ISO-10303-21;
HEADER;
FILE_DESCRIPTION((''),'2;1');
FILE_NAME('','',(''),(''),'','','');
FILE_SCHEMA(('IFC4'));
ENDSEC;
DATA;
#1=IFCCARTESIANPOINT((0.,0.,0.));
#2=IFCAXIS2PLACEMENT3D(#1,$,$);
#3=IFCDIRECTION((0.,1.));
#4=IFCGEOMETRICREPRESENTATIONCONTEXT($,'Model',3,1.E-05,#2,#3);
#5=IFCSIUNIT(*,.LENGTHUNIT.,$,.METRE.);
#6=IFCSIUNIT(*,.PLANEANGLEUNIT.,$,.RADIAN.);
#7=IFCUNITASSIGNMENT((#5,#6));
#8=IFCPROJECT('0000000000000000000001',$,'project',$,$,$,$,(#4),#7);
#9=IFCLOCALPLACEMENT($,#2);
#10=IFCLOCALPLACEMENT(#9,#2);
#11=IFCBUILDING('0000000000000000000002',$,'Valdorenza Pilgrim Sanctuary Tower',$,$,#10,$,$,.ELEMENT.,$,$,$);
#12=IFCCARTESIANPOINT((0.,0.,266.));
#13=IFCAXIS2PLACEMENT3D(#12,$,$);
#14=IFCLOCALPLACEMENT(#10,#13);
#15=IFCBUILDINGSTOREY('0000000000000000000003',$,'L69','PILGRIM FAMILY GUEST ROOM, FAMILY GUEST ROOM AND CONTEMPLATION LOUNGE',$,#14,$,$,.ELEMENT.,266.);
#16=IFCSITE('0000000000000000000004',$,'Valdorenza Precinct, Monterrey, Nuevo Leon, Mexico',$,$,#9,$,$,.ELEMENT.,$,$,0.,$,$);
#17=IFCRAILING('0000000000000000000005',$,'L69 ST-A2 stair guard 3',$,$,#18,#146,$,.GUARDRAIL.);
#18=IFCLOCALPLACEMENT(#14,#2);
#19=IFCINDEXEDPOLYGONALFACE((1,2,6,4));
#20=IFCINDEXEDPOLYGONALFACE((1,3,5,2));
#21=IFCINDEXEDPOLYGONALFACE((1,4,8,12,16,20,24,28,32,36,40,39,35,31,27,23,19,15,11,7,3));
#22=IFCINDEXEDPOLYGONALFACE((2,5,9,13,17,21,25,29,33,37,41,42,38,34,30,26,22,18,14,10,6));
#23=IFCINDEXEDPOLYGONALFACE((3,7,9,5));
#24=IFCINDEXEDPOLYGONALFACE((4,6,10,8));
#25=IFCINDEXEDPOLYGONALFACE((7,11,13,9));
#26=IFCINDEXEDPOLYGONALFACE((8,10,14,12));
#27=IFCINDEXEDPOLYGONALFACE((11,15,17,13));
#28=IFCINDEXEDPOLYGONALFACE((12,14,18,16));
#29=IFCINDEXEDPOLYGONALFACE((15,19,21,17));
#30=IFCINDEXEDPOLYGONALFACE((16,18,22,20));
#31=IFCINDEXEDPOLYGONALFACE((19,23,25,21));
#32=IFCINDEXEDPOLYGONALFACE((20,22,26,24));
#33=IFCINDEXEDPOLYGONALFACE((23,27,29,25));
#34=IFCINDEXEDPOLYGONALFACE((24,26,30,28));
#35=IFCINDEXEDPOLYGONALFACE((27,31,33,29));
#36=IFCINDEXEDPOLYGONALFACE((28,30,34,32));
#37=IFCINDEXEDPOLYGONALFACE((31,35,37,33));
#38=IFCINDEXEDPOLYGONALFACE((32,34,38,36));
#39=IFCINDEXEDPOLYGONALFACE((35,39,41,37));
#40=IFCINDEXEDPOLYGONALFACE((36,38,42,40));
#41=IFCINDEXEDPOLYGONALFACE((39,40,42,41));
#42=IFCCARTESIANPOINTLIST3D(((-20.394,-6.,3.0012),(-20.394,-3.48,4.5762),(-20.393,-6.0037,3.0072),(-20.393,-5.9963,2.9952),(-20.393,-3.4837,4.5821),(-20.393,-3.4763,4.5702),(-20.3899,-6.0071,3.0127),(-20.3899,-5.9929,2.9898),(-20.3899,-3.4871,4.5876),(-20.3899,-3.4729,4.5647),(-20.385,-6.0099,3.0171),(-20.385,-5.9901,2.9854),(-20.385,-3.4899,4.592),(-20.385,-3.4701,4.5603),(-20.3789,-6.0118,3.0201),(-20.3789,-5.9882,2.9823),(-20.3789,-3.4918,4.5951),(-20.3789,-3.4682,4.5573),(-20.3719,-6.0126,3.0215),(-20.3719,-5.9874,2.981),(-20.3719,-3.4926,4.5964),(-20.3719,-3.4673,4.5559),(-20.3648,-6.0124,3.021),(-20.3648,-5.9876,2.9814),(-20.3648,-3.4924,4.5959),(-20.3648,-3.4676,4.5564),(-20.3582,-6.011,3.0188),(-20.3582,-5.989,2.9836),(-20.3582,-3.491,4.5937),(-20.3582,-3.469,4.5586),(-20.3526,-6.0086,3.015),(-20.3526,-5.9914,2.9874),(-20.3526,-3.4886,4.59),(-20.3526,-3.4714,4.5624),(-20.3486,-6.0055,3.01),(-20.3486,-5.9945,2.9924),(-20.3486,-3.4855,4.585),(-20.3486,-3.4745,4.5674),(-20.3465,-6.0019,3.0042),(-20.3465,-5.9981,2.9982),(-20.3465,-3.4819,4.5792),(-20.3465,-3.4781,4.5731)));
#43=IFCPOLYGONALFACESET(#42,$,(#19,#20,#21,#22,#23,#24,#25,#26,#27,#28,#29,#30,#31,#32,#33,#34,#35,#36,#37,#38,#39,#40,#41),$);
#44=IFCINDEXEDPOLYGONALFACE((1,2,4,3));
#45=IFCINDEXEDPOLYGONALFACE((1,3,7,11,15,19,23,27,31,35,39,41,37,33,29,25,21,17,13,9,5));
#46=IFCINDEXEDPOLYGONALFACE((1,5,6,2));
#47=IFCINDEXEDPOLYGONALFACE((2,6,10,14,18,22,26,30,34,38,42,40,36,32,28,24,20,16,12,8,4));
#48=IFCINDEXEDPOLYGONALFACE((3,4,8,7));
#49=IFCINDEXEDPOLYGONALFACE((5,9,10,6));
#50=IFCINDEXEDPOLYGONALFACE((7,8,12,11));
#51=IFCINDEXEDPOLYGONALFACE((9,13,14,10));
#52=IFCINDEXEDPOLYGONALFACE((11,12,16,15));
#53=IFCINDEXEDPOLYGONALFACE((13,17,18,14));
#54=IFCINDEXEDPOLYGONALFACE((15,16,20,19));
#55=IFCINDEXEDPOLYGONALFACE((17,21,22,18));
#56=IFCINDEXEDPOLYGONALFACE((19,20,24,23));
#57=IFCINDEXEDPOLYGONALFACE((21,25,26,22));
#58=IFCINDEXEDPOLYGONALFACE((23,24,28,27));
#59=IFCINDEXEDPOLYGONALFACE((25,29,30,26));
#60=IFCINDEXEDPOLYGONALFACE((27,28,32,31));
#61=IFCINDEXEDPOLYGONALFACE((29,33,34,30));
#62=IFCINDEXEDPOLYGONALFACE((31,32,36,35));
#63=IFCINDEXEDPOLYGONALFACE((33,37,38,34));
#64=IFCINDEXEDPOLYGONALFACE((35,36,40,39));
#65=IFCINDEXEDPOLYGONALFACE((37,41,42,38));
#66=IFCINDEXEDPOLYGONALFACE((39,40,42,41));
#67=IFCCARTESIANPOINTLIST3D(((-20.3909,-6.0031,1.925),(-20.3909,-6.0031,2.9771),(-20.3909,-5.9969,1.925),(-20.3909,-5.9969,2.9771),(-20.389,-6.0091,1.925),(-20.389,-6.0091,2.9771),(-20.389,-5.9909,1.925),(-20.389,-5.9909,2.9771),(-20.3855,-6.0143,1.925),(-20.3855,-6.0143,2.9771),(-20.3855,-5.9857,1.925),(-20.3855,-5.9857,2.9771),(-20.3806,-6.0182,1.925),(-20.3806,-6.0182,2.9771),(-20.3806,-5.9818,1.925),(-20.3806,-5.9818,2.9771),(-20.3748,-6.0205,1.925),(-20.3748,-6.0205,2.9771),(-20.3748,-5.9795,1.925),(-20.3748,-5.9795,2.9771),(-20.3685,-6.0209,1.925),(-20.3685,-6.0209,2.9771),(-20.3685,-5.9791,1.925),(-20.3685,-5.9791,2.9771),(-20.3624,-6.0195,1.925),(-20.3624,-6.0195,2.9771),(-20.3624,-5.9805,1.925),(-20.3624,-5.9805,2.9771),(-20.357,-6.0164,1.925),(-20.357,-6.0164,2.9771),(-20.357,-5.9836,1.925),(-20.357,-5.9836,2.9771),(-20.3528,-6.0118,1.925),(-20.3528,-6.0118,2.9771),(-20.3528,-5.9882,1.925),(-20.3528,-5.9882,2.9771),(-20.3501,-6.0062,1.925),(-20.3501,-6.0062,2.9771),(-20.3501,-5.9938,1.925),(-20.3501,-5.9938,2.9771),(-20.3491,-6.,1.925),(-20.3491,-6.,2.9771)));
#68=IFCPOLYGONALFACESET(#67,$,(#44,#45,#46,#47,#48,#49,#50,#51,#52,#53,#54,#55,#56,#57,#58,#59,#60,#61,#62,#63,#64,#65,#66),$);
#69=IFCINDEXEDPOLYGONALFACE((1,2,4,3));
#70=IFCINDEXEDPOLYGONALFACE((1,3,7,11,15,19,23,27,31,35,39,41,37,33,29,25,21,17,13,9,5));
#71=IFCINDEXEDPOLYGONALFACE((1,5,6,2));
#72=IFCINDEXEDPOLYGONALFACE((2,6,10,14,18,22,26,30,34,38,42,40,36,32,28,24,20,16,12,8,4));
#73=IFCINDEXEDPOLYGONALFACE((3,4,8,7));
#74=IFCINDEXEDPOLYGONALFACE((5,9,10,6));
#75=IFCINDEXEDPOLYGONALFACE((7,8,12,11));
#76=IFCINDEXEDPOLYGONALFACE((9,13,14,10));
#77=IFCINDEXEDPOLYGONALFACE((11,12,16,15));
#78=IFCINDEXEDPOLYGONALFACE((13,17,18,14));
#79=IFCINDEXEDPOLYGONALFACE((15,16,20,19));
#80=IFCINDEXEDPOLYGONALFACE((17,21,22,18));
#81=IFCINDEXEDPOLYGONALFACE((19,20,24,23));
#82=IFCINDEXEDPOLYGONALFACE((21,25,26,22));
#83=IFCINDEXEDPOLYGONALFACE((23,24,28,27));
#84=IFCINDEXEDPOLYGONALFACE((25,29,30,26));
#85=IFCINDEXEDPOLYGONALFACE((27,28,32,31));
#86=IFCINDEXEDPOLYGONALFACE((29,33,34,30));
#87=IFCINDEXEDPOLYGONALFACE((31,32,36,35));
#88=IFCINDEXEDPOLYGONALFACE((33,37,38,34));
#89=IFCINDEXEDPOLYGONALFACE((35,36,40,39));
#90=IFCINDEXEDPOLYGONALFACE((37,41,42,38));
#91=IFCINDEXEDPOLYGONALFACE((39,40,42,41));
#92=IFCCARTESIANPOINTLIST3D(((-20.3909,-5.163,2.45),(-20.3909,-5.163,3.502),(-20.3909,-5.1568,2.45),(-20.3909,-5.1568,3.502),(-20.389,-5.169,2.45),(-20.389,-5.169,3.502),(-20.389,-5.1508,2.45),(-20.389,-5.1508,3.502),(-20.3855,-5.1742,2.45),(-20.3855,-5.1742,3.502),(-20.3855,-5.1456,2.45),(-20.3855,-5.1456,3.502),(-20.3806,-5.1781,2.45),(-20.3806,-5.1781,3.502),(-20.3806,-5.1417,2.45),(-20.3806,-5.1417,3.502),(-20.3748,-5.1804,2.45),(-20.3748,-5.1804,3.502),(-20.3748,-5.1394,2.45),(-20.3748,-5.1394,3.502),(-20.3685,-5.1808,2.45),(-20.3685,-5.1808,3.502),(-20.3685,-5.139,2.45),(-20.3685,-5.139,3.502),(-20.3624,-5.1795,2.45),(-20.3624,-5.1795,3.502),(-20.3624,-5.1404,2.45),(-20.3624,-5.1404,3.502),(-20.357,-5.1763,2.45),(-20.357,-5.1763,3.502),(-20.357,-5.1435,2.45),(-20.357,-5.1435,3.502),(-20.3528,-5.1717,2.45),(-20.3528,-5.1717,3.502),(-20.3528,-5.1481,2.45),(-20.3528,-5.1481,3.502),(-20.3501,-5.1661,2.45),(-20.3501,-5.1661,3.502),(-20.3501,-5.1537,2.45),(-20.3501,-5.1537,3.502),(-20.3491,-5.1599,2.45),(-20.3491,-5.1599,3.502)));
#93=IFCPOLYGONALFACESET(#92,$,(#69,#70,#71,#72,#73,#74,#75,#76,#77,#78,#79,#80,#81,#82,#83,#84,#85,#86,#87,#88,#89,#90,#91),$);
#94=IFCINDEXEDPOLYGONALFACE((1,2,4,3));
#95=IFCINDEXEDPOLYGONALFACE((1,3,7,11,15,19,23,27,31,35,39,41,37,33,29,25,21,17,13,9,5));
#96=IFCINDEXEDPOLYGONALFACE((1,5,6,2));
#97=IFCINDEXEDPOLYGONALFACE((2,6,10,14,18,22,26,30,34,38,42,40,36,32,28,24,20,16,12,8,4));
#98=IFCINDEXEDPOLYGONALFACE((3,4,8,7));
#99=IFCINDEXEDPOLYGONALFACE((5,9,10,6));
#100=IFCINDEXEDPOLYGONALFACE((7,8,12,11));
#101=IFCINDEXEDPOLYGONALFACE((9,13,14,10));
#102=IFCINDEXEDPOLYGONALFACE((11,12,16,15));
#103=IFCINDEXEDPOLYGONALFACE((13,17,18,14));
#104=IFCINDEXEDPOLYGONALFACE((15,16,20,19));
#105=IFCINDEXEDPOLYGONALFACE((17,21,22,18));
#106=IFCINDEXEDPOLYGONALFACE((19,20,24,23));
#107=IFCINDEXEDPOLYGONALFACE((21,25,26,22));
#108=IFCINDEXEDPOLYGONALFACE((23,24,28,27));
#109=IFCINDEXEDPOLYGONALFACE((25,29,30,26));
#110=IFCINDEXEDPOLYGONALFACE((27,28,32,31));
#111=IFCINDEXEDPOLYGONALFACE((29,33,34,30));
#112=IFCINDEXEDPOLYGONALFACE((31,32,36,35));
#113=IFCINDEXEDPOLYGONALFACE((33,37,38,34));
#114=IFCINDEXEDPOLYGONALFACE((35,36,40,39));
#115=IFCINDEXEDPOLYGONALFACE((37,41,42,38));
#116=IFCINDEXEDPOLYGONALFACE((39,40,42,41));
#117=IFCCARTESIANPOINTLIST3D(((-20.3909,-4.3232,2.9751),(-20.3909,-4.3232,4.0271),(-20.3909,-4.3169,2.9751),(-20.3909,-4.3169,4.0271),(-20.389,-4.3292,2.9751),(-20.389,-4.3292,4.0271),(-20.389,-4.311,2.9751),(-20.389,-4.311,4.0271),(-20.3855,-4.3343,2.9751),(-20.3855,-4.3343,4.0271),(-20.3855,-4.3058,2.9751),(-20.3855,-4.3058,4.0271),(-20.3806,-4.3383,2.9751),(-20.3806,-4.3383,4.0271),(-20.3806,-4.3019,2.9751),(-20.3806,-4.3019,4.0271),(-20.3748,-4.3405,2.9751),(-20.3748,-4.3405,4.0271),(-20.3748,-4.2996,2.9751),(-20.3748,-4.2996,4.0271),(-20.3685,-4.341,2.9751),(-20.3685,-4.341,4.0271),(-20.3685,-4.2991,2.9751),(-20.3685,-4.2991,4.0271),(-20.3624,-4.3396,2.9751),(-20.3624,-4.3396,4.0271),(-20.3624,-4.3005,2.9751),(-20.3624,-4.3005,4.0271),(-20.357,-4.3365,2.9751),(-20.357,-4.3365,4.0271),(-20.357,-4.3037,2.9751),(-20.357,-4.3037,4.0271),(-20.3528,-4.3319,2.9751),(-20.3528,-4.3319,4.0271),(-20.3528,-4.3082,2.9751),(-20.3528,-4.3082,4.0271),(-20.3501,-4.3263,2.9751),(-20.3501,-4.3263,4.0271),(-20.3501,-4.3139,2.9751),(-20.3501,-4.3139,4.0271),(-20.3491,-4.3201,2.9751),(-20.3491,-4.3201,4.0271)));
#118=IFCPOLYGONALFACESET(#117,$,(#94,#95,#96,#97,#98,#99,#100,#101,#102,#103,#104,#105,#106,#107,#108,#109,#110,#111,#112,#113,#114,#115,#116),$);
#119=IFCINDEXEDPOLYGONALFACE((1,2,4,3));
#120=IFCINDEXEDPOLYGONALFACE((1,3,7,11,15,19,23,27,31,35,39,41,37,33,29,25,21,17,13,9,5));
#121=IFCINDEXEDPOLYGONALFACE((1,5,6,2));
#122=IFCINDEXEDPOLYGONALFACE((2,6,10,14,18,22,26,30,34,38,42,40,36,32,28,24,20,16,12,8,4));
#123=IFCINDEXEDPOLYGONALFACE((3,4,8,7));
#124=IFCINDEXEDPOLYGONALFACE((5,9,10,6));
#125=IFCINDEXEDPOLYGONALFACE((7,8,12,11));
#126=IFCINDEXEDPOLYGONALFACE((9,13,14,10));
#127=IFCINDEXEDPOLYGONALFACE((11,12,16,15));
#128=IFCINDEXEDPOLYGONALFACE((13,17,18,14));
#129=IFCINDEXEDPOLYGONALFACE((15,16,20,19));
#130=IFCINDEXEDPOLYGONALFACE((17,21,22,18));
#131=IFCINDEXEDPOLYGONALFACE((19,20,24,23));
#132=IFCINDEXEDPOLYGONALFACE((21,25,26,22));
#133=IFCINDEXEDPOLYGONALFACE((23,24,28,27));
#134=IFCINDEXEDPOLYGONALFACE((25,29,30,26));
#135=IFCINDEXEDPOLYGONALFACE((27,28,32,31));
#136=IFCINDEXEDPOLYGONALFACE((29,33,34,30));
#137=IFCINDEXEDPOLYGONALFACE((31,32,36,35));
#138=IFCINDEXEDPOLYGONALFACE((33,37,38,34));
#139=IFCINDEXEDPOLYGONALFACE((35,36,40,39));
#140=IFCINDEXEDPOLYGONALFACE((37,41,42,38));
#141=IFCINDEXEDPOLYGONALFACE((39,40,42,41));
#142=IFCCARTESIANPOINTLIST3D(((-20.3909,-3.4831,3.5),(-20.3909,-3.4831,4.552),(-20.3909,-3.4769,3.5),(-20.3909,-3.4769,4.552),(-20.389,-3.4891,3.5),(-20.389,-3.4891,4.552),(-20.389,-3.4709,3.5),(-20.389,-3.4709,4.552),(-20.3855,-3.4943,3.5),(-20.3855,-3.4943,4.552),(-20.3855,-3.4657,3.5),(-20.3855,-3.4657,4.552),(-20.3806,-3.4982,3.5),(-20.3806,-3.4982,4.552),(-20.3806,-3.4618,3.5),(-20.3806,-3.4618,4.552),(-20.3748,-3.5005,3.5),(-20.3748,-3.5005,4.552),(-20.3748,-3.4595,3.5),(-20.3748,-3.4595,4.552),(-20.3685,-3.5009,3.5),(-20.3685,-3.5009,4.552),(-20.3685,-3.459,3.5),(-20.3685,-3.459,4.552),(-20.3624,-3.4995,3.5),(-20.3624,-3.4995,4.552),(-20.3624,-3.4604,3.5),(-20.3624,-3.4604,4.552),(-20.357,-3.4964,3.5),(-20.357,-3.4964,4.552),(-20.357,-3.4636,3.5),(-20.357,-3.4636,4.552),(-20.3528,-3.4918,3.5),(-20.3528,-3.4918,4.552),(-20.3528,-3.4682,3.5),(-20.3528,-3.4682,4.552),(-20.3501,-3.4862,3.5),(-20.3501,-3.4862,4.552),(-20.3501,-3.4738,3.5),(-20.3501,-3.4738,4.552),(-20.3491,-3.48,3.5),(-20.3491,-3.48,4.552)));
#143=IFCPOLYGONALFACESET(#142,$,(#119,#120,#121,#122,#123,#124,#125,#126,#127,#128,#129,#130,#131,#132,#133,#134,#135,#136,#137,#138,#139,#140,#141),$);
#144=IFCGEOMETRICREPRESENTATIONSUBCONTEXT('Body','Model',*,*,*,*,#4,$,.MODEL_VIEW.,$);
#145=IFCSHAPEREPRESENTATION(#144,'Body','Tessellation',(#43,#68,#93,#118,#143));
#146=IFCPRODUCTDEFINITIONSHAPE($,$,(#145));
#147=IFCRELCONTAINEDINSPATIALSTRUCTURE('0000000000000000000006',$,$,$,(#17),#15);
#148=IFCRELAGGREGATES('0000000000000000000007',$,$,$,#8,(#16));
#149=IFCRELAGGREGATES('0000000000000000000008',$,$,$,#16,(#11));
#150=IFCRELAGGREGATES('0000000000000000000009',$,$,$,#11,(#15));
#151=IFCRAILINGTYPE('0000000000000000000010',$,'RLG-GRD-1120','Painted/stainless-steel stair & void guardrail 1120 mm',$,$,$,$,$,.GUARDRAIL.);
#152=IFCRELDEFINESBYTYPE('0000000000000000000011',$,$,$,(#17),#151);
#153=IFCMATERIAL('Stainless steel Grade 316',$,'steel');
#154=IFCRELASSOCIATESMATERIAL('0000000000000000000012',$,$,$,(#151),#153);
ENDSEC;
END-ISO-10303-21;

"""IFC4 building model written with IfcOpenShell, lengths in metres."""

from ifc_helpers import new_model, si_unit, direction, frame, origin, origin_2d, place, context, subcontext, project, spatial, circle, extrude, material, type_object, element, save


model = new_model("IFC4")

# Units and contexts
model_context = context("Model", 3, precision=1e-05, world=origin(), true_north=direction((0.0, 1.0)))
body_context = subcontext(model_context, "Body", "Model", "MODEL_VIEW")
ifc_project = project(units=[si_unit("LENGTHUNIT", "METRE"), si_unit("PLANEANGLEUNIT", "RADIAN")], contexts=[model_context])

# Site, building, storey
site_placement = place(None, origin())
site = spatial("IfcSite", under=ifc_project, at=site_placement, Name="Valdorenza Precinct, Monterrey, Nuevo Leon, Mexico", CompositionType="ELEMENT", RefElevation=0.0)
building_placement = place(site_placement, origin())
building = spatial("IfcBuilding", under=site, at=building_placement, Name="Valdorenza Pilgrim Sanctuary Tower", CompositionType="ELEMENT")
storey_placement = place(building_placement, frame((0.0, 0.0, 266.0)))
storey = spatial("IfcBuildingStorey", under=building, at=storey_placement, Name="L69", Description="PILGRIM FAMILY GUEST ROOM, FAMILY GUEST ROOM AND CONTEMPLATION LOUNGE", CompositionType="ELEMENT", Elevation=266.0)

# Railing
ifc_material_1 = material(Name="Stainless steel Grade 316", Category="steel")
railing_type_1 = type_object("IfcRailingType", Name="RLG-GRD-1120", Description="Painted/stainless-steel stair & void guardrail 1120 mm", PredefinedType="GUARDRAIL", material=ifc_material_1)
railing_1_placement = place(storey_placement, frame((-20.3701, -6.0, 1.925)))
element("IfcRailing", 1, at=railing_1_placement, inside=storey, type_object=railing_type_1, Name="L69 ST-A2 stair guard 3", PredefinedType="GUARDRAIL", context=body_context, shape_type="SweptSolid", body=[
    extrude(circle(Radius=0.0239, at=origin_2d()), frame((0.0, 0.0, 1.0762), z_axis=(0.0, 0.848008, 0.529984), x_axis=(-1.0, 0.0, 0.0)), (0.0, 0.0, 1.0), 2.9717),
    extrude(circle(Radius=0.021, at=origin_2d()), origin(), (0.0, 0.0, 1.0), 1.052),
    extrude(circle(Radius=0.021, at=origin_2d()), frame((0.0, 0.8401, 0.5249)), (0.0, 0.0, 1.0), 1.052),
    extrude(circle(Radius=0.021, at=origin_2d()), frame((0.0, 1.6799, 1.05)), (0.0, 0.0, 1.0), 1.052),
    extrude(circle(Radius=0.021, at=origin_2d()), frame((0.0, 2.52, 1.575)), (0.0, 0.0, 1.0), 1.052),
])

save(model, "model.ifc")
